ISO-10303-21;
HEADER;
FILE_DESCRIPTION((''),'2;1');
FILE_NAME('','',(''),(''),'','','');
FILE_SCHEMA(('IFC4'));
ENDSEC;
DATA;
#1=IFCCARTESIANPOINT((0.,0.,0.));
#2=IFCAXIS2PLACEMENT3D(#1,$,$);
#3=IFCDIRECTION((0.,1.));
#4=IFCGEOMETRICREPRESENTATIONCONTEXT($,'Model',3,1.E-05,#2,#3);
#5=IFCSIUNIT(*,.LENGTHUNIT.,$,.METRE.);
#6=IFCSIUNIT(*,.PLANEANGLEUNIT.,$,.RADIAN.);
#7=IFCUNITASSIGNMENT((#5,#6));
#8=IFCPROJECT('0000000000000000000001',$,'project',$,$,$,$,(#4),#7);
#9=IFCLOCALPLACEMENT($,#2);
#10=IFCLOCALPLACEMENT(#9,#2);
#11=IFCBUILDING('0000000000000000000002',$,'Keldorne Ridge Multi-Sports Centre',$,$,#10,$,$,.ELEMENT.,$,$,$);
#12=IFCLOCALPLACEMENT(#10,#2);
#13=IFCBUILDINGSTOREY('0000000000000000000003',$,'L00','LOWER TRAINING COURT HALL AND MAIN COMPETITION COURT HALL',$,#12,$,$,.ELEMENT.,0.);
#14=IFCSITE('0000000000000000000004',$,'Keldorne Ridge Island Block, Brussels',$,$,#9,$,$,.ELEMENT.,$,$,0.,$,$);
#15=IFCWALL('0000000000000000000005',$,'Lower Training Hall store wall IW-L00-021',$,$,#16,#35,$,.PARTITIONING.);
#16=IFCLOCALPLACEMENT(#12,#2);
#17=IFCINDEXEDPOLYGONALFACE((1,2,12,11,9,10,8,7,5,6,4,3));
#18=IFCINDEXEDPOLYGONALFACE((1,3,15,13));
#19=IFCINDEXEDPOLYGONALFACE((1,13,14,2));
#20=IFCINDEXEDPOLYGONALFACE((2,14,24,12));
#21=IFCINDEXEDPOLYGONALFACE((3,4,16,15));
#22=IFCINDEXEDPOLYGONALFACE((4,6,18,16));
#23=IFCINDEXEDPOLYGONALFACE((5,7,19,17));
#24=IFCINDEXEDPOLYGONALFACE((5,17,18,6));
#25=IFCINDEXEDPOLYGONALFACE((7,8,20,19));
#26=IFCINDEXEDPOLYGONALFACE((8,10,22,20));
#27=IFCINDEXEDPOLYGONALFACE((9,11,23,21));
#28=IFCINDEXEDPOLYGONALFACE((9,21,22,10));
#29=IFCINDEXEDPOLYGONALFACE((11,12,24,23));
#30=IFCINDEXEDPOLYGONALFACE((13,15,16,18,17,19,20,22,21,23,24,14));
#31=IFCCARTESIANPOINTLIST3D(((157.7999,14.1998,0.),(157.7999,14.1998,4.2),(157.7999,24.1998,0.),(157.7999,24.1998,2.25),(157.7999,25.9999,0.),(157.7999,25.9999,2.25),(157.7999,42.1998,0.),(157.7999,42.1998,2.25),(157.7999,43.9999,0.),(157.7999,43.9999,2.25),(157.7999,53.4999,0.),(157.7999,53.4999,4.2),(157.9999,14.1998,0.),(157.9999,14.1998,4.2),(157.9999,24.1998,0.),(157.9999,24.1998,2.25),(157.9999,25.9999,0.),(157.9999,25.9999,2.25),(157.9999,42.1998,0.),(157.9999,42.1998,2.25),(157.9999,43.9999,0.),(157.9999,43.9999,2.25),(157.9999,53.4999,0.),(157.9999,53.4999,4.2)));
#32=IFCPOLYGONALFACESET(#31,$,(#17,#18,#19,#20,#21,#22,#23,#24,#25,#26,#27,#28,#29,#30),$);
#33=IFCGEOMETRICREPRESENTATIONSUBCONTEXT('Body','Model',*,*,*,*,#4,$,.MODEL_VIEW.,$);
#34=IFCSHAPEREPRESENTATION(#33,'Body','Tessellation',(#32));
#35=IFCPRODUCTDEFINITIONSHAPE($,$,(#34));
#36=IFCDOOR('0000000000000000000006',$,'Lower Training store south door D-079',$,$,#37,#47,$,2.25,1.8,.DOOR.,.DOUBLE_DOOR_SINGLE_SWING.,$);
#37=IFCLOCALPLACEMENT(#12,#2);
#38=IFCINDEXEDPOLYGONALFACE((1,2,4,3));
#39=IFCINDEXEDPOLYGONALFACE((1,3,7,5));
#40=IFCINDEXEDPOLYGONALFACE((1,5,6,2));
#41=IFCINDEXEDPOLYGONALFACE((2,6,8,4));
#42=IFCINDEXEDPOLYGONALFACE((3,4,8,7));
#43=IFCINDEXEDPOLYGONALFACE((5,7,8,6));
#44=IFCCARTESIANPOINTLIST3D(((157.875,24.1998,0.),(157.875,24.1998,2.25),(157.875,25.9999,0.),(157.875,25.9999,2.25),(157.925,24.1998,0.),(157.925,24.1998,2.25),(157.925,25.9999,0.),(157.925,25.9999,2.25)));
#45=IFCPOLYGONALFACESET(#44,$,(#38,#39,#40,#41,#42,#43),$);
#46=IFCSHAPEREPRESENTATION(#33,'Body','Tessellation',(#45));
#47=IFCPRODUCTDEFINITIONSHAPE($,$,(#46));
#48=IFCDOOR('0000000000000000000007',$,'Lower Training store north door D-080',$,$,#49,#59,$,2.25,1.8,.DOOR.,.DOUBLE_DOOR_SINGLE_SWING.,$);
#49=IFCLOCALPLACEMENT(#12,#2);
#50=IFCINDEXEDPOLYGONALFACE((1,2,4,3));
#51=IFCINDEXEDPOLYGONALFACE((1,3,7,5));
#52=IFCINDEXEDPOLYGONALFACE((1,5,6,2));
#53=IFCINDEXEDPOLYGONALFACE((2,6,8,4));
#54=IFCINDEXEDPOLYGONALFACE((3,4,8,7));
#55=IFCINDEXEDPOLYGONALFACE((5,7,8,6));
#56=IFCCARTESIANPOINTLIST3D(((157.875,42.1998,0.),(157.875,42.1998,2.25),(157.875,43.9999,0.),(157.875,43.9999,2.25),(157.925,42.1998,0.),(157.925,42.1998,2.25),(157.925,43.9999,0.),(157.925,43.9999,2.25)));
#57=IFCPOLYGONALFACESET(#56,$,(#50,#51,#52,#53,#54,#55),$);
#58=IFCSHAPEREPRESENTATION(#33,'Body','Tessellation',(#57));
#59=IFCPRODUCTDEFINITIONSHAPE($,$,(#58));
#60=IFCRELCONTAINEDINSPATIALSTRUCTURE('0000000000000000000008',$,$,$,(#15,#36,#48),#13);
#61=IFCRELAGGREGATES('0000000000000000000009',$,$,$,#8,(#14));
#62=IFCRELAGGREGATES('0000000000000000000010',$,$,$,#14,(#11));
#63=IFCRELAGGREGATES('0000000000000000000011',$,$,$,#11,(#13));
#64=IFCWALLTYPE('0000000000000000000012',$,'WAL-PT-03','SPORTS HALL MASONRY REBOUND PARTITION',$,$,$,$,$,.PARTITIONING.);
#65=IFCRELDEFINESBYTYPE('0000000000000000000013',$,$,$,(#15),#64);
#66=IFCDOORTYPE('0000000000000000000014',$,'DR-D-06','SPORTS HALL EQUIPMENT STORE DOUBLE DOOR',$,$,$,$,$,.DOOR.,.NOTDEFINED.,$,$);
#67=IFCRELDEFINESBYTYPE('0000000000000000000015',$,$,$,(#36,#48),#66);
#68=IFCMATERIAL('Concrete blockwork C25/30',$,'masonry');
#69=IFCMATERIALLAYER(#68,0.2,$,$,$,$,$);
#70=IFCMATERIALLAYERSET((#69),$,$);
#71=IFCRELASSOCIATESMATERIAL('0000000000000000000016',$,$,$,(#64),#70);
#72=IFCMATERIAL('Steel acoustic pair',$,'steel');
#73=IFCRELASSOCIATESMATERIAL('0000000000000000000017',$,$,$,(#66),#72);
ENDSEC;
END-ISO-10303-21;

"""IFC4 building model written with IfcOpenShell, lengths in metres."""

from ifc_helpers import new_model, si_unit, direction, frame, frame_2d, origin, place, context, subcontext, project, spatial, rectangle, extrude, material, layer, layer_set, type_object, element, fill, save


model = new_model("IFC4")

# Units and contexts
model_context = context("Model", 3, precision=1e-05, world=origin(), true_north=direction((0.0, 1.0)))
body_context = subcontext(model_context, "Body", "Model", "MODEL_VIEW")
ifc_project = project(units=[si_unit("LENGTHUNIT", "METRE"), si_unit("PLANEANGLEUNIT", "RADIAN")], contexts=[model_context])

# Site, building, storey
site_placement = place(None, origin())
site = spatial("IfcSite", under=ifc_project, at=site_placement, Name="Keldorne Ridge Island Block, Brussels", CompositionType="ELEMENT", RefElevation=0.0)
building_placement = place(site_placement, origin())
building = spatial("IfcBuilding", under=site, at=building_placement, Name="Keldorne Ridge Multi-Sports Centre", CompositionType="ELEMENT")
storey_placement = place(building_placement, origin())
storey = spatial("IfcBuildingStorey", under=building, at=storey_placement, Name="L00", Description="LOWER TRAINING COURT HALL AND MAIN COMPETITION COURT HALL", CompositionType="ELEMENT", Elevation=0.0)

# Wall, openings, doors
ifc_material_1 = material(Name="Concrete blockwork C25/30", Category="masonry")
ifc_layer_1 = layer(ifc_material_1, 0.2)
ifc_layer_set_1 = layer_set([ifc_layer_1])
wall_type_1 = type_object("IfcWallType", Name="WAL-PT-03", Description="SPORTS HALL MASONRY REBOUND PARTITION", PredefinedType="PARTITIONING", material=ifc_layer_set_1)
wall_1_placement = place(storey_placement, frame((157.8999, 14.2, 0.0), z_axis=(0.0, 0.0, 1.0), x_axis=(0.0, 1.0, 0.0)))
wall_1 = element("IfcWall", 1, at=wall_1_placement, inside=storey, type_object=wall_type_1, Name="Lower Training Hall store wall IW-L00-021", PredefinedType="PARTITIONING", context=body_context, shape_type="SweptSolid", body=[
    extrude(rectangle(XDim=39.3, YDim=0.2, at=frame_2d((19.6499, 0.0))), origin(), (0.0, 0.0, 1.0), 4.2),
])
opening_1_placement = place(wall_1_placement, frame((10.0, 0.0, 0.0)))
opening_1 = element("IfcOpeningElement", 2, at=opening_1_placement, cuts=wall_1, PredefinedType="OPENING", context=body_context, shape_type="SweptSolid", body=[
    extrude(rectangle(XDim=1.8, YDim=2.25, at=frame_2d((0.8999, 1.125))), frame((0.0, 0.1099, 0.0), z_axis=(0.0, -1.0, 0.0), x_axis=(1.0, 0.0, 0.0)), (0.0, 0.0, 1.0), 0.22),
])
opening_2_placement = place(wall_1_placement, frame((28.0, 0.0, 0.0)))
opening_2 = element("IfcOpeningElement", 3, at=opening_2_placement, cuts=wall_1, PredefinedType="OPENING", context=body_context, shape_type="SweptSolid", body=[
    extrude(rectangle(XDim=1.8, YDim=2.25, at=frame_2d((0.8999, 1.125))), frame((0.0, 0.1099, 0.0), z_axis=(0.0, -1.0, 0.0), x_axis=(1.0, 0.0, 0.0)), (0.0, 0.0, 1.0), 0.22),
])
ifc_material_2 = material(Name="Steel acoustic pair", Category="steel")
door_type_1 = type_object("IfcDoorType", Name="DR-D-06", Description="SPORTS HALL EQUIPMENT STORE DOUBLE DOOR", OperationType="NOTDEFINED", PredefinedType="DOOR", material=ifc_material_2)
door_1_placement = place(opening_1_placement, origin())
door_1 = element("IfcDoor", 4, at=door_1_placement, inside=storey, type_object=door_type_1, Name="Lower Training store south door D-079", OperationType="DOUBLE_DOOR_SINGLE_SWING", OverallHeight=2.25, OverallWidth=1.8, PredefinedType="DOOR", context=body_context, shape_type="SweptSolid", body=[
    extrude(rectangle(XDim=1.8, YDim=2.25, at=frame_2d((0.8999, 1.125))), frame((0.0, 0.0249, 0.0), z_axis=(0.0, -1.0, 0.0), x_axis=(1.0, 0.0, 0.0)), (0.0, 0.0, 1.0), 0.05),
])
fill(opening_1, door_1)
door_2_placement = place(opening_2_placement, origin())
door_2 = element("IfcDoor", 5, at=door_2_placement, inside=storey, type_object=door_type_1, Name="Lower Training store north door D-080", OperationType="DOUBLE_DOOR_SINGLE_SWING", OverallHeight=2.25, OverallWidth=1.8, PredefinedType="DOOR", context=body_context, shape_type="SweptSolid", body=[
    extrude(rectangle(XDim=1.8, YDim=2.25, at=frame_2d((0.8999, 1.125))), frame((0.0, 0.0249, 0.0), z_axis=(0.0, -1.0, 0.0), x_axis=(1.0, 0.0, 0.0)), (0.0, 0.0, 1.0), 0.05),
])
fill(opening_2, door_2)

save(model, "model.ifc")
